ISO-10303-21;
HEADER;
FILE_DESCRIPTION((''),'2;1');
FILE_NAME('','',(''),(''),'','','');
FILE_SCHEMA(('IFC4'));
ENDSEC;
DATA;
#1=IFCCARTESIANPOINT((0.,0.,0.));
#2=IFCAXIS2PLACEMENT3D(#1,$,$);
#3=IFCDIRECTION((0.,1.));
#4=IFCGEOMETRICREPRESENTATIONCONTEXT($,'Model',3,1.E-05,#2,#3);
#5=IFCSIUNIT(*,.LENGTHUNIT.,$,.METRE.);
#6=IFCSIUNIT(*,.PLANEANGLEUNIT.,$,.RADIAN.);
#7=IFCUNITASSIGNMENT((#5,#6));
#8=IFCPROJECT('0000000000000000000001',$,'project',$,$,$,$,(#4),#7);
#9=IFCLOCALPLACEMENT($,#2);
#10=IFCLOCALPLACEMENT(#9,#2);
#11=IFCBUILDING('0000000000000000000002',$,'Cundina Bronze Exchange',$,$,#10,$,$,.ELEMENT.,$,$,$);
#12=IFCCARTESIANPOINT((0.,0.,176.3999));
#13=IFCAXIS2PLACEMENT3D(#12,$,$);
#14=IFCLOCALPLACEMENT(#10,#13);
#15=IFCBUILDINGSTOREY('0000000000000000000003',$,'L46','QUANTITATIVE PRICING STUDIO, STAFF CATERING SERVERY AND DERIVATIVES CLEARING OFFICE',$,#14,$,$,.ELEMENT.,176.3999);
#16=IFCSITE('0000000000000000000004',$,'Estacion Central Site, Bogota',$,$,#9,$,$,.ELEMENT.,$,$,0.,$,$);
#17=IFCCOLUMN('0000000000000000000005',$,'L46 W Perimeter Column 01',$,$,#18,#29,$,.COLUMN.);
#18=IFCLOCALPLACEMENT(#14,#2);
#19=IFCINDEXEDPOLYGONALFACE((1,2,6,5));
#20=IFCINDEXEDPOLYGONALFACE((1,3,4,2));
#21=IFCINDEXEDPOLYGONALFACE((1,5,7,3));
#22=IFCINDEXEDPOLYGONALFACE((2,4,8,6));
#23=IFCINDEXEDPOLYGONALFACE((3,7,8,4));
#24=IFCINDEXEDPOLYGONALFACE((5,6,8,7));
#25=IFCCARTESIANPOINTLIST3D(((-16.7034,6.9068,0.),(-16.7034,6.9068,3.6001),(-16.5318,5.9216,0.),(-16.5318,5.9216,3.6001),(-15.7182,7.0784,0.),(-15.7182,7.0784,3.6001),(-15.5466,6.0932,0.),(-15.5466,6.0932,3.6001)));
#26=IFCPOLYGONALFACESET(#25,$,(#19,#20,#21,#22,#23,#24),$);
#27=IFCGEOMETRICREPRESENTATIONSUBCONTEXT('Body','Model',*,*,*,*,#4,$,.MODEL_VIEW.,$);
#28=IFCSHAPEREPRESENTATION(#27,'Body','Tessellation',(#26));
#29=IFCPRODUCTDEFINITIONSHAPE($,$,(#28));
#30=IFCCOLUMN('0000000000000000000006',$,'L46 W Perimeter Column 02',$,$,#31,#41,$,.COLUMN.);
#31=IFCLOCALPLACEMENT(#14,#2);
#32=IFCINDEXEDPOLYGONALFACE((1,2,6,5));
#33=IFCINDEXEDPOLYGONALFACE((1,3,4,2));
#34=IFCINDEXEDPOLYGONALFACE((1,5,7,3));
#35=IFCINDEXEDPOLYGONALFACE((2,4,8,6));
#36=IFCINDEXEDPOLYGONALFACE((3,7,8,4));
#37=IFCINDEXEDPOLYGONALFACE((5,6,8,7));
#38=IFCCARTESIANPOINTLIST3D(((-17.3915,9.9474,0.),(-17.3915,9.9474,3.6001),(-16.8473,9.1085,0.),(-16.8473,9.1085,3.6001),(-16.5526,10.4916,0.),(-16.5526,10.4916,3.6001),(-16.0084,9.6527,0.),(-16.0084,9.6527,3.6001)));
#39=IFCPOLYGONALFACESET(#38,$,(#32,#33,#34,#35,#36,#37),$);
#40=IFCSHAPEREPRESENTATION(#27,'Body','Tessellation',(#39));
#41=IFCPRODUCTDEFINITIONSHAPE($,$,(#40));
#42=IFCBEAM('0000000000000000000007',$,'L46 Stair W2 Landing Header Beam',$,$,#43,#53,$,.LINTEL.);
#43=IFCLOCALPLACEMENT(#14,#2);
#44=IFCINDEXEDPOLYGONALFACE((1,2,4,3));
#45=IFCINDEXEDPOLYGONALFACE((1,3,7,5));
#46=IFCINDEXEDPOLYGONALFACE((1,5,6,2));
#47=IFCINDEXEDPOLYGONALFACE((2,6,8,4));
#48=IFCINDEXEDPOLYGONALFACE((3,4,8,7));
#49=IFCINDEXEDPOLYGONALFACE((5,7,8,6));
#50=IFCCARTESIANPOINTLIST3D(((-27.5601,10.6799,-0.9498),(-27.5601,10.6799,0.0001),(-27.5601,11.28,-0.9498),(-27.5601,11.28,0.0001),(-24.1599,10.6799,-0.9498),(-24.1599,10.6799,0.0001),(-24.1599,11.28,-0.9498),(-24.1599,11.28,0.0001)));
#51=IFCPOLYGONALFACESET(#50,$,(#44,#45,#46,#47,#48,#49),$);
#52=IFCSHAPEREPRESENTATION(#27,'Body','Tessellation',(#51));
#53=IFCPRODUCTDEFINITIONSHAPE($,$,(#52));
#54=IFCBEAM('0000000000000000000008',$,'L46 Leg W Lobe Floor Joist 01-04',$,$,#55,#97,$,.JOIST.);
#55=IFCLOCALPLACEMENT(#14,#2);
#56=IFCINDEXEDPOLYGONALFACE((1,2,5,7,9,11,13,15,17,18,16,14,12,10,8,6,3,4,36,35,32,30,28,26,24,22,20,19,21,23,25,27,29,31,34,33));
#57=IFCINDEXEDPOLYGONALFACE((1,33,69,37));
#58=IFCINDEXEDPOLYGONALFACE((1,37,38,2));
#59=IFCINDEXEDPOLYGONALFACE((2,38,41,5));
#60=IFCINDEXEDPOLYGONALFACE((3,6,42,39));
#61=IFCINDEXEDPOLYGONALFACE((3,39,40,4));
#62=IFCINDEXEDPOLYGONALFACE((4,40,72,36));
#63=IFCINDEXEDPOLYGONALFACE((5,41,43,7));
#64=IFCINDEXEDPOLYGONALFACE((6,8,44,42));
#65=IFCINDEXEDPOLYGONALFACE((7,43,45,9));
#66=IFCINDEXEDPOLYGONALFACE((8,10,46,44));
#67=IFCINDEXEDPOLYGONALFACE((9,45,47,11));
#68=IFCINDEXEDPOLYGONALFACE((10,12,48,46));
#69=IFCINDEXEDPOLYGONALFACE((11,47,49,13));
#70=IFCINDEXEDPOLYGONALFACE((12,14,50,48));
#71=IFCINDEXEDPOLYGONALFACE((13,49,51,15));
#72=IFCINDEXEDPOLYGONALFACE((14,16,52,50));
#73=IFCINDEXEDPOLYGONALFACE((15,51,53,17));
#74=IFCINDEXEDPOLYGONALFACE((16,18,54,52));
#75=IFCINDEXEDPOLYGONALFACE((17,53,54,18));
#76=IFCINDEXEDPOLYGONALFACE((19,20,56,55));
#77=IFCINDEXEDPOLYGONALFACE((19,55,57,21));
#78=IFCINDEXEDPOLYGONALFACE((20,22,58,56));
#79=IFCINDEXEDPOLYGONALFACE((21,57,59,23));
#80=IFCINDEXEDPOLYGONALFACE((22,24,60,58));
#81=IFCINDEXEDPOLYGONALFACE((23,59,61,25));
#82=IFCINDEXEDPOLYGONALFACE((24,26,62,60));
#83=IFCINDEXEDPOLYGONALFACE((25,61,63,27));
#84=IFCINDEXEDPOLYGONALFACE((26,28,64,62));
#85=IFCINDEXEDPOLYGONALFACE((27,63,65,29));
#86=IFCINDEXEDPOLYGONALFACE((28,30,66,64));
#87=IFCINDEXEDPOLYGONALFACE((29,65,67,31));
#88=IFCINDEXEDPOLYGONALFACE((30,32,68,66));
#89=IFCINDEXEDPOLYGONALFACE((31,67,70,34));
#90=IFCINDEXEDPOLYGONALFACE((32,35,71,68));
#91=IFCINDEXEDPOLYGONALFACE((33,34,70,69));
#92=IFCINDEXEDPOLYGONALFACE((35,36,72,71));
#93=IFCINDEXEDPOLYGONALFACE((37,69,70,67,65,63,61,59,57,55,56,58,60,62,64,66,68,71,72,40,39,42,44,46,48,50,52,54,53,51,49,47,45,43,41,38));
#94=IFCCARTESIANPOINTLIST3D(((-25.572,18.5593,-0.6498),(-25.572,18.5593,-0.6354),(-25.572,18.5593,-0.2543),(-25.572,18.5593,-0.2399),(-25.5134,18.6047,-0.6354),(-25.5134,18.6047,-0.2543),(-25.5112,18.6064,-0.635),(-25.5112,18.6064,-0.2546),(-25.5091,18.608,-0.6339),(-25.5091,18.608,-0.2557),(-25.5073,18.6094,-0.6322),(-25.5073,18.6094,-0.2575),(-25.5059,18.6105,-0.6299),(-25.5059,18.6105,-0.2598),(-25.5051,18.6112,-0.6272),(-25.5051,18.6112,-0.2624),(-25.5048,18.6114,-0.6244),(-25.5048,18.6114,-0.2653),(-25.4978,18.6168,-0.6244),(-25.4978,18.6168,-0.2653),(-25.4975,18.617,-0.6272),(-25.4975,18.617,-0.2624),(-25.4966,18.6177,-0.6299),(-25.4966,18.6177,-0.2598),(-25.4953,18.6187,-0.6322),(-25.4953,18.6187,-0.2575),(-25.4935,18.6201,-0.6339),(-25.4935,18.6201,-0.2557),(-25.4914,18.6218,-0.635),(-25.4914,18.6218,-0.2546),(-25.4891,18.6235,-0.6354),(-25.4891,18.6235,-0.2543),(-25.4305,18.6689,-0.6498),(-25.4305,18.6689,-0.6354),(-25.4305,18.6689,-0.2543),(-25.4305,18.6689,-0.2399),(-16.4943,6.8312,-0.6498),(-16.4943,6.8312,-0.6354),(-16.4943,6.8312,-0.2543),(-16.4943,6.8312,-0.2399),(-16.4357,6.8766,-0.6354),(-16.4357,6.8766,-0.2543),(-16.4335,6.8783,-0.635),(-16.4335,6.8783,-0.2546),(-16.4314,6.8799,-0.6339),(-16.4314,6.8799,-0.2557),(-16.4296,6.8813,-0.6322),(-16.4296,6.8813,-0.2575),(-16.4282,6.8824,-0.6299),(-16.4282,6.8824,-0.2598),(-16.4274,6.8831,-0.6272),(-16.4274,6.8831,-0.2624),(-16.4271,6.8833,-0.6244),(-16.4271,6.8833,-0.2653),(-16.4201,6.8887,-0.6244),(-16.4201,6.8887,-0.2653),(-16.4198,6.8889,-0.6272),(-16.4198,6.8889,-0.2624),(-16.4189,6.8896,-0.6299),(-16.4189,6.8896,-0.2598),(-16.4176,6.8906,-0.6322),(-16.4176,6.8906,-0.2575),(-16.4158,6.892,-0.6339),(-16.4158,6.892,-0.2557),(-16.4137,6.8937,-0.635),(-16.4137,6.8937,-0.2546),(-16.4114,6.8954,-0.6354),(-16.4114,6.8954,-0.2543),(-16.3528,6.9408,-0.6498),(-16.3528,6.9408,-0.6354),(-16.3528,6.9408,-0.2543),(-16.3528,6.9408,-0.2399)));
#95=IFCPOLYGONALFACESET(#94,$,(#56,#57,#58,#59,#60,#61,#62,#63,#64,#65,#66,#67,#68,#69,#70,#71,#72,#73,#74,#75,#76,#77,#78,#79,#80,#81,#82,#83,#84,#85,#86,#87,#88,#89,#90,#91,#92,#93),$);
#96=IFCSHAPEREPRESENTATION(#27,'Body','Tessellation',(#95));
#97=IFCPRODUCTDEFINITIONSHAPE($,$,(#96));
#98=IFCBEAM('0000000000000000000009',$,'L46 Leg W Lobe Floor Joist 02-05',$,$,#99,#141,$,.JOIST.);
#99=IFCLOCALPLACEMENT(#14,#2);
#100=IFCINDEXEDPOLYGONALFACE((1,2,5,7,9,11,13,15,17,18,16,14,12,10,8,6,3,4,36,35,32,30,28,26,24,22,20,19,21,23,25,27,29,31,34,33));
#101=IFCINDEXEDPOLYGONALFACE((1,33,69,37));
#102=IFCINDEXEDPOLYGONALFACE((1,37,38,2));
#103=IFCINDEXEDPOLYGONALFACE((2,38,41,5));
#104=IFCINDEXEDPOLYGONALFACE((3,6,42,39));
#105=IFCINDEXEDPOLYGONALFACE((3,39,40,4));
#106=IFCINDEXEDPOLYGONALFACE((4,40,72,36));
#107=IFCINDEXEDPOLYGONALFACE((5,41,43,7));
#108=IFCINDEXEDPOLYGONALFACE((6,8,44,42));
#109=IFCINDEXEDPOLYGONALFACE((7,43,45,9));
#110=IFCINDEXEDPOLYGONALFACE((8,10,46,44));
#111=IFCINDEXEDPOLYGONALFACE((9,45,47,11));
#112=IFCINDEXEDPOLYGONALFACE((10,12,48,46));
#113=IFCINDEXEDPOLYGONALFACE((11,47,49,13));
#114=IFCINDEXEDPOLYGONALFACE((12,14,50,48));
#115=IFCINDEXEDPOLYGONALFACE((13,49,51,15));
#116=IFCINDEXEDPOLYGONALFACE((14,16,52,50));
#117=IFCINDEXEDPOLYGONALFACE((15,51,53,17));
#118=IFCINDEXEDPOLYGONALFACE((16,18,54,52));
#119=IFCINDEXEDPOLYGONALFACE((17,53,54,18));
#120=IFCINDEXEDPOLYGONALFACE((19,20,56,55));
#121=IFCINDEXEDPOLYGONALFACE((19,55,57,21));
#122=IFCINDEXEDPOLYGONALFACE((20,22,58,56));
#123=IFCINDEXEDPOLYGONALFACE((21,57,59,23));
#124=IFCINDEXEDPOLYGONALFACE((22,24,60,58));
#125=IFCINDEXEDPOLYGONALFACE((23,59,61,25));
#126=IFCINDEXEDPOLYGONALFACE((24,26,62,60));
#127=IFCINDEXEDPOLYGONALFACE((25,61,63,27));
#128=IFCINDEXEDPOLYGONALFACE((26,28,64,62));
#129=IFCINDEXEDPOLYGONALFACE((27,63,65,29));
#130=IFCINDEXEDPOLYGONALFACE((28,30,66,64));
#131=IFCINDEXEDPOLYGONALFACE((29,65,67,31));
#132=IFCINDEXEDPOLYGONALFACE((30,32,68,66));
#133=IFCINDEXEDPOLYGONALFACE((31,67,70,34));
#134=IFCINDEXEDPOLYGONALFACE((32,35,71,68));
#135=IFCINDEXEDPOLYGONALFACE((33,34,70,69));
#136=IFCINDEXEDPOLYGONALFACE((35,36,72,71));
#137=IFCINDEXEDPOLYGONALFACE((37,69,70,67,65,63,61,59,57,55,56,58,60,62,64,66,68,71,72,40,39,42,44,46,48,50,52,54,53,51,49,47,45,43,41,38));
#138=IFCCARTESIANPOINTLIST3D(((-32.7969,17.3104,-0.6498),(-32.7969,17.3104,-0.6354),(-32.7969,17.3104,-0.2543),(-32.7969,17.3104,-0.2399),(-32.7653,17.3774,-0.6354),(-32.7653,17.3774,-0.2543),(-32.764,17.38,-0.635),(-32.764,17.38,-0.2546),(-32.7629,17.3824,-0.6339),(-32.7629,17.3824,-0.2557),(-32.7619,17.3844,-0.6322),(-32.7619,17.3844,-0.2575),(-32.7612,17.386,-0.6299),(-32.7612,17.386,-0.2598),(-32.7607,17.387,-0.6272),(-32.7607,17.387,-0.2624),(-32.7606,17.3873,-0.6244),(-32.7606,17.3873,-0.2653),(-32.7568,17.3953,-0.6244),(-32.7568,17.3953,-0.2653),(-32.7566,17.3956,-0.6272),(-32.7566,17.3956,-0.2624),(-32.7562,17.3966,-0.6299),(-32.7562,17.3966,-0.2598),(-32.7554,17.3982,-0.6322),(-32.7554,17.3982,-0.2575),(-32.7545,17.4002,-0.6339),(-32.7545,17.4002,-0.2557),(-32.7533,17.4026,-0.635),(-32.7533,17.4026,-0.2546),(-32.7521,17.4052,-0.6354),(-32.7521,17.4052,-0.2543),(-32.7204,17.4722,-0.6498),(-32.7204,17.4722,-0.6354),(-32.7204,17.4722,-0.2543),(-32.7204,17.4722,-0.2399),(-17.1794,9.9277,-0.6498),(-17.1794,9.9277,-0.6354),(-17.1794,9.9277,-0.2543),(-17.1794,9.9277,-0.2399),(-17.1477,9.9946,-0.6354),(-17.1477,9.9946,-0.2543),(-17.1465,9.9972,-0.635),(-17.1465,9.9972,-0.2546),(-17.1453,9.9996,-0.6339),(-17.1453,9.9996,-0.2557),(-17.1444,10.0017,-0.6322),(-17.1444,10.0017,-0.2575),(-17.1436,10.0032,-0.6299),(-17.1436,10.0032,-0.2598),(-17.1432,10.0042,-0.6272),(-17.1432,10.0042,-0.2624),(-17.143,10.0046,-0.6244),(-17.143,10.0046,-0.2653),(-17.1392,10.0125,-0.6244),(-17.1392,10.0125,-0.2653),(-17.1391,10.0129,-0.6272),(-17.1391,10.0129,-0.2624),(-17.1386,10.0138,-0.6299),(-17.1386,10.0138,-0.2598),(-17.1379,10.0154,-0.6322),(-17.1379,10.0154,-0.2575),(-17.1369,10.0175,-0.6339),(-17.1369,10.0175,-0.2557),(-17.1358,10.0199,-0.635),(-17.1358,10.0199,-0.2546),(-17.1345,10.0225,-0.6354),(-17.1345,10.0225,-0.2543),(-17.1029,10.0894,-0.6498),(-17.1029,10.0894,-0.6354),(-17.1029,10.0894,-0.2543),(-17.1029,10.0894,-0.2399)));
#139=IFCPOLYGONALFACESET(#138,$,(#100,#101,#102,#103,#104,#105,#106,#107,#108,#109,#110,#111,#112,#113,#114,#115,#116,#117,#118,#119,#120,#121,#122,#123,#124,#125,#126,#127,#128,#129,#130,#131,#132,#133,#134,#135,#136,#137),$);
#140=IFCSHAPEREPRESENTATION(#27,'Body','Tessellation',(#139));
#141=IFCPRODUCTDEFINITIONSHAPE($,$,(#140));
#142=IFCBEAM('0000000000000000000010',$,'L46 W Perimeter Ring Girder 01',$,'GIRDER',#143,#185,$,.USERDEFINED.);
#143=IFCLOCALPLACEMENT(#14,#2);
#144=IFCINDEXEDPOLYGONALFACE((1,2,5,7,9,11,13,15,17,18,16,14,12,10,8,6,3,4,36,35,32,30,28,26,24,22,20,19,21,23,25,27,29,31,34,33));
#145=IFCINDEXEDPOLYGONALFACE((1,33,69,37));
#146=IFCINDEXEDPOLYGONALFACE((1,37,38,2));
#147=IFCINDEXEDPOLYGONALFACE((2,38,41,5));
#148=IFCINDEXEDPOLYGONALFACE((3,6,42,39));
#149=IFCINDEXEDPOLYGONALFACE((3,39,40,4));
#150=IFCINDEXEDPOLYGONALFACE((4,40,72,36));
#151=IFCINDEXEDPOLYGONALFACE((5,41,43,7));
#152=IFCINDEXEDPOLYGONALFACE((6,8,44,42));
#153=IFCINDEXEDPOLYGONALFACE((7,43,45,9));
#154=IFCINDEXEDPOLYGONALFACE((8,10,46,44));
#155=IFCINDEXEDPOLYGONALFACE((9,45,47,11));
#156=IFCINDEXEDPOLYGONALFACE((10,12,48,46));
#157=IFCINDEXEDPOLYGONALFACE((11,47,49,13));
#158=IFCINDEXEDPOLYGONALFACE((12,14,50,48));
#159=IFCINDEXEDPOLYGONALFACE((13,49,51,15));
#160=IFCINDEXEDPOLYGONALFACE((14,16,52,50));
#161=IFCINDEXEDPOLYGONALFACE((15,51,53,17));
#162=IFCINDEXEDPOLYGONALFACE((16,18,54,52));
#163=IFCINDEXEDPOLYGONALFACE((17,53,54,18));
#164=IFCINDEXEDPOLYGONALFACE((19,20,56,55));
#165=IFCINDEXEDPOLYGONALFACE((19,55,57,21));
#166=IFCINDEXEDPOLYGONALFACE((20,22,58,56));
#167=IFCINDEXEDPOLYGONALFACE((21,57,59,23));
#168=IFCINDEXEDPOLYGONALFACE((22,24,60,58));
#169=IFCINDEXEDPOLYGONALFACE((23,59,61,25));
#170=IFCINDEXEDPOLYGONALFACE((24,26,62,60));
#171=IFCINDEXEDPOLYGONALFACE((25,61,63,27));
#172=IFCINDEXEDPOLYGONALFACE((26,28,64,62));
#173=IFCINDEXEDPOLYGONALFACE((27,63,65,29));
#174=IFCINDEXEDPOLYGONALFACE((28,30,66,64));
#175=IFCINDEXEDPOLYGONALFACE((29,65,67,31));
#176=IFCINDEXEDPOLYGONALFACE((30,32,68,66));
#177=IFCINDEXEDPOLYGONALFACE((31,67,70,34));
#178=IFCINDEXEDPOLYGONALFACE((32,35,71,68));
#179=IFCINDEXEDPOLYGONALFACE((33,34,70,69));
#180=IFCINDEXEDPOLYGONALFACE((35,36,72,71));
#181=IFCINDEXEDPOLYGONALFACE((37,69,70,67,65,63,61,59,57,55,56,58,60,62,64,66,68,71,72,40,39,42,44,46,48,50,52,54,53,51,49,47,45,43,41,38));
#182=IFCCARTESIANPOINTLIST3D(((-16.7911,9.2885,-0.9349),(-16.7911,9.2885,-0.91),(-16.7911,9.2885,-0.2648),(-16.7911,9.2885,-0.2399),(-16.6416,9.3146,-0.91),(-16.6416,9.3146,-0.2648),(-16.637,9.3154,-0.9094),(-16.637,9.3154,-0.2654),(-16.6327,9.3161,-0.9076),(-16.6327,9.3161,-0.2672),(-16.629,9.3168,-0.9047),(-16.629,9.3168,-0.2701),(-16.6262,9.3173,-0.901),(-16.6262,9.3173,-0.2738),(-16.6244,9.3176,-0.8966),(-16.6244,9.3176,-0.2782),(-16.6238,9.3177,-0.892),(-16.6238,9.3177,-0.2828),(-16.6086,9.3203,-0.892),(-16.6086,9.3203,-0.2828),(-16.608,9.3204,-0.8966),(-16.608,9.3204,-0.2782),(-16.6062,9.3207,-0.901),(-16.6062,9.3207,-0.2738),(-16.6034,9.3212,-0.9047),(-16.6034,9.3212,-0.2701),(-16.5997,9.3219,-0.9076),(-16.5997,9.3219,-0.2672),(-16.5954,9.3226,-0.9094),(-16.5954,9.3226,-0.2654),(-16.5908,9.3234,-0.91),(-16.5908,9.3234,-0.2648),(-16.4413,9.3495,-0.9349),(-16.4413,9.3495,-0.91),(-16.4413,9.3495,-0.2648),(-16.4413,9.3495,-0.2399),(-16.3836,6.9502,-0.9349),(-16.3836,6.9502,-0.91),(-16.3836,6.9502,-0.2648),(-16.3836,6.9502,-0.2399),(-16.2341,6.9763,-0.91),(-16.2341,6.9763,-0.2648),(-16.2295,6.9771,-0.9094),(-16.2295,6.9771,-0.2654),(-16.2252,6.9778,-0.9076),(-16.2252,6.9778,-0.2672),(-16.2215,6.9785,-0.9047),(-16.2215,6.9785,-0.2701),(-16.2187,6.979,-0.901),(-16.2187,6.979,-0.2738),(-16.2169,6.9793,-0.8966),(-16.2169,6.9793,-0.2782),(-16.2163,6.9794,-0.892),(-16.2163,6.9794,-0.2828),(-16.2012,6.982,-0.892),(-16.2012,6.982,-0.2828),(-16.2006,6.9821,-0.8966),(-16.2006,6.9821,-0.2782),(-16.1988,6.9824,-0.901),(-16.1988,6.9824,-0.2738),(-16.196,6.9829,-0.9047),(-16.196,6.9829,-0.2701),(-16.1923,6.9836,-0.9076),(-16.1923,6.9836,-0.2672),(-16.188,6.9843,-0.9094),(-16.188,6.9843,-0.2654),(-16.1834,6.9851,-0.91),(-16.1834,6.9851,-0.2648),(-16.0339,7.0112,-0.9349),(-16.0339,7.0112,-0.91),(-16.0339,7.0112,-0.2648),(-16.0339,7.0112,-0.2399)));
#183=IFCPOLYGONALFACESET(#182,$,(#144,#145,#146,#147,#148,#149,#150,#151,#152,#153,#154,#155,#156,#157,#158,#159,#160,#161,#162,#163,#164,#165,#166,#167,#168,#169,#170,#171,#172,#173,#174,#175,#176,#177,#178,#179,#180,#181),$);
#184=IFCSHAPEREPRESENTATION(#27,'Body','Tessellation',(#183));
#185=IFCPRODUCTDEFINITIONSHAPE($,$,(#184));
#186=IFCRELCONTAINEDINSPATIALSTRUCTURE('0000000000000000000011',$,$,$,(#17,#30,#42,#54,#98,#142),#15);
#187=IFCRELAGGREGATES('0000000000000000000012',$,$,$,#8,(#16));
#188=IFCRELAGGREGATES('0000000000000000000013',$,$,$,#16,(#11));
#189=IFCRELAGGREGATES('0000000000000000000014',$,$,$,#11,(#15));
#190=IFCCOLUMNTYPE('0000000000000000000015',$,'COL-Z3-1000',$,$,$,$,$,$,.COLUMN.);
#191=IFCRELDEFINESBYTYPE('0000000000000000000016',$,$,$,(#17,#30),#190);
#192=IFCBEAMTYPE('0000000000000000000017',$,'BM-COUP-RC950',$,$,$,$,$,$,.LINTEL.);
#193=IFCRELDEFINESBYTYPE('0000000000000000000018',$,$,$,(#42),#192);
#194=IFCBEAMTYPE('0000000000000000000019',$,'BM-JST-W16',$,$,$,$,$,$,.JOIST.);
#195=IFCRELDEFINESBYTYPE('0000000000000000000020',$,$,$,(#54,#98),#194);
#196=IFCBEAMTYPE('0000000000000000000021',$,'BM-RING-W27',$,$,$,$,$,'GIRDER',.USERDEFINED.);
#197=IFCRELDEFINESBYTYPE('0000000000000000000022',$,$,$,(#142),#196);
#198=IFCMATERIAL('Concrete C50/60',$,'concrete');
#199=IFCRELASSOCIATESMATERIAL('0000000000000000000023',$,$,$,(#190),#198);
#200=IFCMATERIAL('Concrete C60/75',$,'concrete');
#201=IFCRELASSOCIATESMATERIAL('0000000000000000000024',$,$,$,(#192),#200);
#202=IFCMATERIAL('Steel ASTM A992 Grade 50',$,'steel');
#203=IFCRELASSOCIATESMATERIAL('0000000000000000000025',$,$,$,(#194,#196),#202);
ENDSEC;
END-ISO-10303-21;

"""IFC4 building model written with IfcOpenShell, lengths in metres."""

from ifc_helpers import new_model, si_unit, direction, frame, origin, origin_2d, place, context, subcontext, project, spatial, rectangle, i_section, extrude, material, material_profile, profile_set, type_object, element, save


model = new_model("IFC4")

# Units and contexts
model_context = context("Model", 3, precision=1e-05, world=origin(), true_north=direction((0.0, 1.0)))
body_context = subcontext(model_context, "Body", "Model", "MODEL_VIEW")
ifc_project = project(units=[si_unit("LENGTHUNIT", "METRE"), si_unit("PLANEANGLEUNIT", "RADIAN")], contexts=[model_context])

# Site, building, storey
site_placement = place(None, origin())
site = spatial("IfcSite", under=ifc_project, at=site_placement, Name="Estacion Central Site, Bogota", CompositionType="ELEMENT", RefElevation=0.0)
building_placement = place(site_placement, origin())
building = spatial("IfcBuilding", under=site, at=building_placement, Name="Cundina Bronze Exchange", CompositionType="ELEMENT")
storey_placement = place(building_placement, frame((0.0, 0.0, 176.3999)))
storey = spatial("IfcBuildingStorey", under=building, at=storey_placement, Name="L46", Description="QUANTITATIVE PRICING STUDIO, STAFF CATERING SERVERY AND DERIVATIVES CLEARING OFFICE", CompositionType="ELEMENT", Elevation=176.3999)

# Columns
ifc_material_1 = material(Name="Concrete C50/60", Category="concrete")
ifc_material_profile_1 = material_profile(ifc_material_1, rectangle(XDim=1.0, YDim=1.0, at=origin_2d()), Name="RC1000X1000", Category="concrete")
ifc_profile_set_1 = profile_set([ifc_material_profile_1], Name="Concrete C50/60")
column_type = type_object("IfcColumnType", Name="COL-Z3-1000", PredefinedType="COLUMN", material=ifc_profile_set_1)
for number, where, z_axis, x_axis, name in (
    (1, (-16.125, 6.5, 0.0), (0.0, 0.0, 1.0), (-0.171585, 0.985169, 0.0), "L46 W Perimeter Column 01"),
    (2, (-16.7, 9.8, 0.0), (0.0, 0.0, 1.0), (-0.5442, 0.838956, 0.0), "L46 W Perimeter Column 02"),
):
    element("IfcColumn", number, at=place(storey_placement, frame(where, z_axis=z_axis, x_axis=x_axis)), inside=storey, type_object=column_type, Name=name, PredefinedType="COLUMN", context=body_context, shape_type="SweptSolid", body=[
        extrude(rectangle(XDim=1.0, YDim=1.0, at=origin_2d()), origin(), (0.0, 0.0, 1.0), 3.6001),
    ])

# Beams
ifc_material_2 = material(Name="Concrete C60/75", Category="concrete")
ifc_material_profile_2 = material_profile(ifc_material_2, rectangle(XDim=0.6001, YDim=0.95, at=origin_2d()), Name="RC600X950", Category="concrete")
ifc_profile_set_2 = profile_set([ifc_material_profile_2], Name="Concrete C60/75")
beam_type_1 = type_object("IfcBeamType", Name="BM-COUP-RC950", PredefinedType="LINTEL", material=ifc_profile_set_2)
beam_1_placement = place(storey_placement, frame((-27.5601, 10.98, -0.4749), z_axis=(1.0, 0.0, 0.0), x_axis=(0.0, 1.0, 0.0)))
element("IfcBeam", 3, at=beam_1_placement, inside=storey, type_object=beam_type_1, Name="L46 Stair W2 Landing Header Beam", PredefinedType="LINTEL", context=body_context, shape_type="SweptSolid", body=[
    extrude(rectangle(XDim=0.6001, YDim=0.95, at=origin_2d()), origin(), (0.0, 0.0, 1.0), 3.4001),
])
ifc_material_3 = material(Name="Steel ASTM A992 Grade 50", Category="steel")
ifc_material_profile_3 = material_profile(ifc_material_3, i_section(OverallWidth=0.179, OverallDepth=0.4099, WebThickness=0.0088, FlangeThickness=0.0144, FilletRadius=0.011, at=origin_2d()), Name="W16X45", Category="steel")
ifc_profile_set_3 = profile_set([ifc_material_profile_3], Name="Steel ASTM A992 Grade 50")
beam_type_2 = type_object("IfcBeamType", Name="BM-JST-W16", PredefinedType="JOIST", material=ifc_profile_set_3)
beam_2_placement = place(storey_placement, frame((-16.4236, 6.886, -0.4448), z_axis=(-0.612084, 0.790793, 0.0), x_axis=(-0.790793, -0.612084, 0.0)))
element("IfcBeam", 4, at=beam_2_placement, inside=storey, type_object=beam_type_2, Name="L46 Leg W Lobe Floor Joist 01-04", PredefinedType="JOIST", context=body_context, shape_type="SweptSolid", body=[
    extrude(i_section(OverallWidth=0.179, OverallDepth=0.4099, WebThickness=0.0088, FlangeThickness=0.0144, FilletRadius=0.011, at=origin_2d()), origin(), (0.0, 0.0, 1.0), 14.8308),
])
beam_3_placement = place(storey_placement, frame((-17.1411, 10.0085, -0.4448), z_axis=(-0.904074, 0.427375, 0.0), x_axis=(-0.427375, -0.904074, 0.0)))
element("IfcBeam", 5, at=beam_3_placement, inside=storey, type_object=beam_type_2, Name="L46 Leg W Lobe Floor Joist 02-05", PredefinedType="JOIST", context=body_context, shape_type="SweptSolid", body=[
    extrude(i_section(OverallWidth=0.179, OverallDepth=0.4099, WebThickness=0.0088, FlangeThickness=0.0144, FilletRadius=0.011, at=origin_2d()), origin(), (0.0, 0.0, 1.0), 17.2747),
])
ifc_material_profile_4 = material_profile(ifc_material_3, i_section(OverallWidth=0.355, OverallDepth=0.6951, WebThickness=0.0154, FlangeThickness=0.0249, FilletRadius=0.0181, at=origin_2d()), Name="W27X146", Category="steel")
ifc_profile_set_4 = profile_set([ifc_material_profile_4], Name="Steel ASTM A992 Grade 50")
beam_type_3 = type_object("IfcBeamType", Name="BM-RING-W27", ElementType="GIRDER", PredefinedType="USERDEFINED", material=ifc_profile_set_4)
beam_4_placement = place(storey_placement, frame((-16.2087, 6.9807, -0.5874), z_axis=(-0.171667, 0.985155, 0.0), x_axis=(-0.985155, -0.171667, 0.0)))
element("IfcBeam", 6, at=beam_4_placement, inside=storey, type_object=beam_type_3, Name="L46 W Perimeter Ring Girder 01", ObjectType="GIRDER", PredefinedType="USERDEFINED", context=body_context, shape_type="SweptSolid", body=[
    extrude(i_section(OverallWidth=0.355, OverallDepth=0.6951, WebThickness=0.0154, FlangeThickness=0.0249, FilletRadius=0.0181, at=origin_2d()), origin(), (0.0, 0.0, 1.0), 2.3735),
])

save(model, "model.ifc")
